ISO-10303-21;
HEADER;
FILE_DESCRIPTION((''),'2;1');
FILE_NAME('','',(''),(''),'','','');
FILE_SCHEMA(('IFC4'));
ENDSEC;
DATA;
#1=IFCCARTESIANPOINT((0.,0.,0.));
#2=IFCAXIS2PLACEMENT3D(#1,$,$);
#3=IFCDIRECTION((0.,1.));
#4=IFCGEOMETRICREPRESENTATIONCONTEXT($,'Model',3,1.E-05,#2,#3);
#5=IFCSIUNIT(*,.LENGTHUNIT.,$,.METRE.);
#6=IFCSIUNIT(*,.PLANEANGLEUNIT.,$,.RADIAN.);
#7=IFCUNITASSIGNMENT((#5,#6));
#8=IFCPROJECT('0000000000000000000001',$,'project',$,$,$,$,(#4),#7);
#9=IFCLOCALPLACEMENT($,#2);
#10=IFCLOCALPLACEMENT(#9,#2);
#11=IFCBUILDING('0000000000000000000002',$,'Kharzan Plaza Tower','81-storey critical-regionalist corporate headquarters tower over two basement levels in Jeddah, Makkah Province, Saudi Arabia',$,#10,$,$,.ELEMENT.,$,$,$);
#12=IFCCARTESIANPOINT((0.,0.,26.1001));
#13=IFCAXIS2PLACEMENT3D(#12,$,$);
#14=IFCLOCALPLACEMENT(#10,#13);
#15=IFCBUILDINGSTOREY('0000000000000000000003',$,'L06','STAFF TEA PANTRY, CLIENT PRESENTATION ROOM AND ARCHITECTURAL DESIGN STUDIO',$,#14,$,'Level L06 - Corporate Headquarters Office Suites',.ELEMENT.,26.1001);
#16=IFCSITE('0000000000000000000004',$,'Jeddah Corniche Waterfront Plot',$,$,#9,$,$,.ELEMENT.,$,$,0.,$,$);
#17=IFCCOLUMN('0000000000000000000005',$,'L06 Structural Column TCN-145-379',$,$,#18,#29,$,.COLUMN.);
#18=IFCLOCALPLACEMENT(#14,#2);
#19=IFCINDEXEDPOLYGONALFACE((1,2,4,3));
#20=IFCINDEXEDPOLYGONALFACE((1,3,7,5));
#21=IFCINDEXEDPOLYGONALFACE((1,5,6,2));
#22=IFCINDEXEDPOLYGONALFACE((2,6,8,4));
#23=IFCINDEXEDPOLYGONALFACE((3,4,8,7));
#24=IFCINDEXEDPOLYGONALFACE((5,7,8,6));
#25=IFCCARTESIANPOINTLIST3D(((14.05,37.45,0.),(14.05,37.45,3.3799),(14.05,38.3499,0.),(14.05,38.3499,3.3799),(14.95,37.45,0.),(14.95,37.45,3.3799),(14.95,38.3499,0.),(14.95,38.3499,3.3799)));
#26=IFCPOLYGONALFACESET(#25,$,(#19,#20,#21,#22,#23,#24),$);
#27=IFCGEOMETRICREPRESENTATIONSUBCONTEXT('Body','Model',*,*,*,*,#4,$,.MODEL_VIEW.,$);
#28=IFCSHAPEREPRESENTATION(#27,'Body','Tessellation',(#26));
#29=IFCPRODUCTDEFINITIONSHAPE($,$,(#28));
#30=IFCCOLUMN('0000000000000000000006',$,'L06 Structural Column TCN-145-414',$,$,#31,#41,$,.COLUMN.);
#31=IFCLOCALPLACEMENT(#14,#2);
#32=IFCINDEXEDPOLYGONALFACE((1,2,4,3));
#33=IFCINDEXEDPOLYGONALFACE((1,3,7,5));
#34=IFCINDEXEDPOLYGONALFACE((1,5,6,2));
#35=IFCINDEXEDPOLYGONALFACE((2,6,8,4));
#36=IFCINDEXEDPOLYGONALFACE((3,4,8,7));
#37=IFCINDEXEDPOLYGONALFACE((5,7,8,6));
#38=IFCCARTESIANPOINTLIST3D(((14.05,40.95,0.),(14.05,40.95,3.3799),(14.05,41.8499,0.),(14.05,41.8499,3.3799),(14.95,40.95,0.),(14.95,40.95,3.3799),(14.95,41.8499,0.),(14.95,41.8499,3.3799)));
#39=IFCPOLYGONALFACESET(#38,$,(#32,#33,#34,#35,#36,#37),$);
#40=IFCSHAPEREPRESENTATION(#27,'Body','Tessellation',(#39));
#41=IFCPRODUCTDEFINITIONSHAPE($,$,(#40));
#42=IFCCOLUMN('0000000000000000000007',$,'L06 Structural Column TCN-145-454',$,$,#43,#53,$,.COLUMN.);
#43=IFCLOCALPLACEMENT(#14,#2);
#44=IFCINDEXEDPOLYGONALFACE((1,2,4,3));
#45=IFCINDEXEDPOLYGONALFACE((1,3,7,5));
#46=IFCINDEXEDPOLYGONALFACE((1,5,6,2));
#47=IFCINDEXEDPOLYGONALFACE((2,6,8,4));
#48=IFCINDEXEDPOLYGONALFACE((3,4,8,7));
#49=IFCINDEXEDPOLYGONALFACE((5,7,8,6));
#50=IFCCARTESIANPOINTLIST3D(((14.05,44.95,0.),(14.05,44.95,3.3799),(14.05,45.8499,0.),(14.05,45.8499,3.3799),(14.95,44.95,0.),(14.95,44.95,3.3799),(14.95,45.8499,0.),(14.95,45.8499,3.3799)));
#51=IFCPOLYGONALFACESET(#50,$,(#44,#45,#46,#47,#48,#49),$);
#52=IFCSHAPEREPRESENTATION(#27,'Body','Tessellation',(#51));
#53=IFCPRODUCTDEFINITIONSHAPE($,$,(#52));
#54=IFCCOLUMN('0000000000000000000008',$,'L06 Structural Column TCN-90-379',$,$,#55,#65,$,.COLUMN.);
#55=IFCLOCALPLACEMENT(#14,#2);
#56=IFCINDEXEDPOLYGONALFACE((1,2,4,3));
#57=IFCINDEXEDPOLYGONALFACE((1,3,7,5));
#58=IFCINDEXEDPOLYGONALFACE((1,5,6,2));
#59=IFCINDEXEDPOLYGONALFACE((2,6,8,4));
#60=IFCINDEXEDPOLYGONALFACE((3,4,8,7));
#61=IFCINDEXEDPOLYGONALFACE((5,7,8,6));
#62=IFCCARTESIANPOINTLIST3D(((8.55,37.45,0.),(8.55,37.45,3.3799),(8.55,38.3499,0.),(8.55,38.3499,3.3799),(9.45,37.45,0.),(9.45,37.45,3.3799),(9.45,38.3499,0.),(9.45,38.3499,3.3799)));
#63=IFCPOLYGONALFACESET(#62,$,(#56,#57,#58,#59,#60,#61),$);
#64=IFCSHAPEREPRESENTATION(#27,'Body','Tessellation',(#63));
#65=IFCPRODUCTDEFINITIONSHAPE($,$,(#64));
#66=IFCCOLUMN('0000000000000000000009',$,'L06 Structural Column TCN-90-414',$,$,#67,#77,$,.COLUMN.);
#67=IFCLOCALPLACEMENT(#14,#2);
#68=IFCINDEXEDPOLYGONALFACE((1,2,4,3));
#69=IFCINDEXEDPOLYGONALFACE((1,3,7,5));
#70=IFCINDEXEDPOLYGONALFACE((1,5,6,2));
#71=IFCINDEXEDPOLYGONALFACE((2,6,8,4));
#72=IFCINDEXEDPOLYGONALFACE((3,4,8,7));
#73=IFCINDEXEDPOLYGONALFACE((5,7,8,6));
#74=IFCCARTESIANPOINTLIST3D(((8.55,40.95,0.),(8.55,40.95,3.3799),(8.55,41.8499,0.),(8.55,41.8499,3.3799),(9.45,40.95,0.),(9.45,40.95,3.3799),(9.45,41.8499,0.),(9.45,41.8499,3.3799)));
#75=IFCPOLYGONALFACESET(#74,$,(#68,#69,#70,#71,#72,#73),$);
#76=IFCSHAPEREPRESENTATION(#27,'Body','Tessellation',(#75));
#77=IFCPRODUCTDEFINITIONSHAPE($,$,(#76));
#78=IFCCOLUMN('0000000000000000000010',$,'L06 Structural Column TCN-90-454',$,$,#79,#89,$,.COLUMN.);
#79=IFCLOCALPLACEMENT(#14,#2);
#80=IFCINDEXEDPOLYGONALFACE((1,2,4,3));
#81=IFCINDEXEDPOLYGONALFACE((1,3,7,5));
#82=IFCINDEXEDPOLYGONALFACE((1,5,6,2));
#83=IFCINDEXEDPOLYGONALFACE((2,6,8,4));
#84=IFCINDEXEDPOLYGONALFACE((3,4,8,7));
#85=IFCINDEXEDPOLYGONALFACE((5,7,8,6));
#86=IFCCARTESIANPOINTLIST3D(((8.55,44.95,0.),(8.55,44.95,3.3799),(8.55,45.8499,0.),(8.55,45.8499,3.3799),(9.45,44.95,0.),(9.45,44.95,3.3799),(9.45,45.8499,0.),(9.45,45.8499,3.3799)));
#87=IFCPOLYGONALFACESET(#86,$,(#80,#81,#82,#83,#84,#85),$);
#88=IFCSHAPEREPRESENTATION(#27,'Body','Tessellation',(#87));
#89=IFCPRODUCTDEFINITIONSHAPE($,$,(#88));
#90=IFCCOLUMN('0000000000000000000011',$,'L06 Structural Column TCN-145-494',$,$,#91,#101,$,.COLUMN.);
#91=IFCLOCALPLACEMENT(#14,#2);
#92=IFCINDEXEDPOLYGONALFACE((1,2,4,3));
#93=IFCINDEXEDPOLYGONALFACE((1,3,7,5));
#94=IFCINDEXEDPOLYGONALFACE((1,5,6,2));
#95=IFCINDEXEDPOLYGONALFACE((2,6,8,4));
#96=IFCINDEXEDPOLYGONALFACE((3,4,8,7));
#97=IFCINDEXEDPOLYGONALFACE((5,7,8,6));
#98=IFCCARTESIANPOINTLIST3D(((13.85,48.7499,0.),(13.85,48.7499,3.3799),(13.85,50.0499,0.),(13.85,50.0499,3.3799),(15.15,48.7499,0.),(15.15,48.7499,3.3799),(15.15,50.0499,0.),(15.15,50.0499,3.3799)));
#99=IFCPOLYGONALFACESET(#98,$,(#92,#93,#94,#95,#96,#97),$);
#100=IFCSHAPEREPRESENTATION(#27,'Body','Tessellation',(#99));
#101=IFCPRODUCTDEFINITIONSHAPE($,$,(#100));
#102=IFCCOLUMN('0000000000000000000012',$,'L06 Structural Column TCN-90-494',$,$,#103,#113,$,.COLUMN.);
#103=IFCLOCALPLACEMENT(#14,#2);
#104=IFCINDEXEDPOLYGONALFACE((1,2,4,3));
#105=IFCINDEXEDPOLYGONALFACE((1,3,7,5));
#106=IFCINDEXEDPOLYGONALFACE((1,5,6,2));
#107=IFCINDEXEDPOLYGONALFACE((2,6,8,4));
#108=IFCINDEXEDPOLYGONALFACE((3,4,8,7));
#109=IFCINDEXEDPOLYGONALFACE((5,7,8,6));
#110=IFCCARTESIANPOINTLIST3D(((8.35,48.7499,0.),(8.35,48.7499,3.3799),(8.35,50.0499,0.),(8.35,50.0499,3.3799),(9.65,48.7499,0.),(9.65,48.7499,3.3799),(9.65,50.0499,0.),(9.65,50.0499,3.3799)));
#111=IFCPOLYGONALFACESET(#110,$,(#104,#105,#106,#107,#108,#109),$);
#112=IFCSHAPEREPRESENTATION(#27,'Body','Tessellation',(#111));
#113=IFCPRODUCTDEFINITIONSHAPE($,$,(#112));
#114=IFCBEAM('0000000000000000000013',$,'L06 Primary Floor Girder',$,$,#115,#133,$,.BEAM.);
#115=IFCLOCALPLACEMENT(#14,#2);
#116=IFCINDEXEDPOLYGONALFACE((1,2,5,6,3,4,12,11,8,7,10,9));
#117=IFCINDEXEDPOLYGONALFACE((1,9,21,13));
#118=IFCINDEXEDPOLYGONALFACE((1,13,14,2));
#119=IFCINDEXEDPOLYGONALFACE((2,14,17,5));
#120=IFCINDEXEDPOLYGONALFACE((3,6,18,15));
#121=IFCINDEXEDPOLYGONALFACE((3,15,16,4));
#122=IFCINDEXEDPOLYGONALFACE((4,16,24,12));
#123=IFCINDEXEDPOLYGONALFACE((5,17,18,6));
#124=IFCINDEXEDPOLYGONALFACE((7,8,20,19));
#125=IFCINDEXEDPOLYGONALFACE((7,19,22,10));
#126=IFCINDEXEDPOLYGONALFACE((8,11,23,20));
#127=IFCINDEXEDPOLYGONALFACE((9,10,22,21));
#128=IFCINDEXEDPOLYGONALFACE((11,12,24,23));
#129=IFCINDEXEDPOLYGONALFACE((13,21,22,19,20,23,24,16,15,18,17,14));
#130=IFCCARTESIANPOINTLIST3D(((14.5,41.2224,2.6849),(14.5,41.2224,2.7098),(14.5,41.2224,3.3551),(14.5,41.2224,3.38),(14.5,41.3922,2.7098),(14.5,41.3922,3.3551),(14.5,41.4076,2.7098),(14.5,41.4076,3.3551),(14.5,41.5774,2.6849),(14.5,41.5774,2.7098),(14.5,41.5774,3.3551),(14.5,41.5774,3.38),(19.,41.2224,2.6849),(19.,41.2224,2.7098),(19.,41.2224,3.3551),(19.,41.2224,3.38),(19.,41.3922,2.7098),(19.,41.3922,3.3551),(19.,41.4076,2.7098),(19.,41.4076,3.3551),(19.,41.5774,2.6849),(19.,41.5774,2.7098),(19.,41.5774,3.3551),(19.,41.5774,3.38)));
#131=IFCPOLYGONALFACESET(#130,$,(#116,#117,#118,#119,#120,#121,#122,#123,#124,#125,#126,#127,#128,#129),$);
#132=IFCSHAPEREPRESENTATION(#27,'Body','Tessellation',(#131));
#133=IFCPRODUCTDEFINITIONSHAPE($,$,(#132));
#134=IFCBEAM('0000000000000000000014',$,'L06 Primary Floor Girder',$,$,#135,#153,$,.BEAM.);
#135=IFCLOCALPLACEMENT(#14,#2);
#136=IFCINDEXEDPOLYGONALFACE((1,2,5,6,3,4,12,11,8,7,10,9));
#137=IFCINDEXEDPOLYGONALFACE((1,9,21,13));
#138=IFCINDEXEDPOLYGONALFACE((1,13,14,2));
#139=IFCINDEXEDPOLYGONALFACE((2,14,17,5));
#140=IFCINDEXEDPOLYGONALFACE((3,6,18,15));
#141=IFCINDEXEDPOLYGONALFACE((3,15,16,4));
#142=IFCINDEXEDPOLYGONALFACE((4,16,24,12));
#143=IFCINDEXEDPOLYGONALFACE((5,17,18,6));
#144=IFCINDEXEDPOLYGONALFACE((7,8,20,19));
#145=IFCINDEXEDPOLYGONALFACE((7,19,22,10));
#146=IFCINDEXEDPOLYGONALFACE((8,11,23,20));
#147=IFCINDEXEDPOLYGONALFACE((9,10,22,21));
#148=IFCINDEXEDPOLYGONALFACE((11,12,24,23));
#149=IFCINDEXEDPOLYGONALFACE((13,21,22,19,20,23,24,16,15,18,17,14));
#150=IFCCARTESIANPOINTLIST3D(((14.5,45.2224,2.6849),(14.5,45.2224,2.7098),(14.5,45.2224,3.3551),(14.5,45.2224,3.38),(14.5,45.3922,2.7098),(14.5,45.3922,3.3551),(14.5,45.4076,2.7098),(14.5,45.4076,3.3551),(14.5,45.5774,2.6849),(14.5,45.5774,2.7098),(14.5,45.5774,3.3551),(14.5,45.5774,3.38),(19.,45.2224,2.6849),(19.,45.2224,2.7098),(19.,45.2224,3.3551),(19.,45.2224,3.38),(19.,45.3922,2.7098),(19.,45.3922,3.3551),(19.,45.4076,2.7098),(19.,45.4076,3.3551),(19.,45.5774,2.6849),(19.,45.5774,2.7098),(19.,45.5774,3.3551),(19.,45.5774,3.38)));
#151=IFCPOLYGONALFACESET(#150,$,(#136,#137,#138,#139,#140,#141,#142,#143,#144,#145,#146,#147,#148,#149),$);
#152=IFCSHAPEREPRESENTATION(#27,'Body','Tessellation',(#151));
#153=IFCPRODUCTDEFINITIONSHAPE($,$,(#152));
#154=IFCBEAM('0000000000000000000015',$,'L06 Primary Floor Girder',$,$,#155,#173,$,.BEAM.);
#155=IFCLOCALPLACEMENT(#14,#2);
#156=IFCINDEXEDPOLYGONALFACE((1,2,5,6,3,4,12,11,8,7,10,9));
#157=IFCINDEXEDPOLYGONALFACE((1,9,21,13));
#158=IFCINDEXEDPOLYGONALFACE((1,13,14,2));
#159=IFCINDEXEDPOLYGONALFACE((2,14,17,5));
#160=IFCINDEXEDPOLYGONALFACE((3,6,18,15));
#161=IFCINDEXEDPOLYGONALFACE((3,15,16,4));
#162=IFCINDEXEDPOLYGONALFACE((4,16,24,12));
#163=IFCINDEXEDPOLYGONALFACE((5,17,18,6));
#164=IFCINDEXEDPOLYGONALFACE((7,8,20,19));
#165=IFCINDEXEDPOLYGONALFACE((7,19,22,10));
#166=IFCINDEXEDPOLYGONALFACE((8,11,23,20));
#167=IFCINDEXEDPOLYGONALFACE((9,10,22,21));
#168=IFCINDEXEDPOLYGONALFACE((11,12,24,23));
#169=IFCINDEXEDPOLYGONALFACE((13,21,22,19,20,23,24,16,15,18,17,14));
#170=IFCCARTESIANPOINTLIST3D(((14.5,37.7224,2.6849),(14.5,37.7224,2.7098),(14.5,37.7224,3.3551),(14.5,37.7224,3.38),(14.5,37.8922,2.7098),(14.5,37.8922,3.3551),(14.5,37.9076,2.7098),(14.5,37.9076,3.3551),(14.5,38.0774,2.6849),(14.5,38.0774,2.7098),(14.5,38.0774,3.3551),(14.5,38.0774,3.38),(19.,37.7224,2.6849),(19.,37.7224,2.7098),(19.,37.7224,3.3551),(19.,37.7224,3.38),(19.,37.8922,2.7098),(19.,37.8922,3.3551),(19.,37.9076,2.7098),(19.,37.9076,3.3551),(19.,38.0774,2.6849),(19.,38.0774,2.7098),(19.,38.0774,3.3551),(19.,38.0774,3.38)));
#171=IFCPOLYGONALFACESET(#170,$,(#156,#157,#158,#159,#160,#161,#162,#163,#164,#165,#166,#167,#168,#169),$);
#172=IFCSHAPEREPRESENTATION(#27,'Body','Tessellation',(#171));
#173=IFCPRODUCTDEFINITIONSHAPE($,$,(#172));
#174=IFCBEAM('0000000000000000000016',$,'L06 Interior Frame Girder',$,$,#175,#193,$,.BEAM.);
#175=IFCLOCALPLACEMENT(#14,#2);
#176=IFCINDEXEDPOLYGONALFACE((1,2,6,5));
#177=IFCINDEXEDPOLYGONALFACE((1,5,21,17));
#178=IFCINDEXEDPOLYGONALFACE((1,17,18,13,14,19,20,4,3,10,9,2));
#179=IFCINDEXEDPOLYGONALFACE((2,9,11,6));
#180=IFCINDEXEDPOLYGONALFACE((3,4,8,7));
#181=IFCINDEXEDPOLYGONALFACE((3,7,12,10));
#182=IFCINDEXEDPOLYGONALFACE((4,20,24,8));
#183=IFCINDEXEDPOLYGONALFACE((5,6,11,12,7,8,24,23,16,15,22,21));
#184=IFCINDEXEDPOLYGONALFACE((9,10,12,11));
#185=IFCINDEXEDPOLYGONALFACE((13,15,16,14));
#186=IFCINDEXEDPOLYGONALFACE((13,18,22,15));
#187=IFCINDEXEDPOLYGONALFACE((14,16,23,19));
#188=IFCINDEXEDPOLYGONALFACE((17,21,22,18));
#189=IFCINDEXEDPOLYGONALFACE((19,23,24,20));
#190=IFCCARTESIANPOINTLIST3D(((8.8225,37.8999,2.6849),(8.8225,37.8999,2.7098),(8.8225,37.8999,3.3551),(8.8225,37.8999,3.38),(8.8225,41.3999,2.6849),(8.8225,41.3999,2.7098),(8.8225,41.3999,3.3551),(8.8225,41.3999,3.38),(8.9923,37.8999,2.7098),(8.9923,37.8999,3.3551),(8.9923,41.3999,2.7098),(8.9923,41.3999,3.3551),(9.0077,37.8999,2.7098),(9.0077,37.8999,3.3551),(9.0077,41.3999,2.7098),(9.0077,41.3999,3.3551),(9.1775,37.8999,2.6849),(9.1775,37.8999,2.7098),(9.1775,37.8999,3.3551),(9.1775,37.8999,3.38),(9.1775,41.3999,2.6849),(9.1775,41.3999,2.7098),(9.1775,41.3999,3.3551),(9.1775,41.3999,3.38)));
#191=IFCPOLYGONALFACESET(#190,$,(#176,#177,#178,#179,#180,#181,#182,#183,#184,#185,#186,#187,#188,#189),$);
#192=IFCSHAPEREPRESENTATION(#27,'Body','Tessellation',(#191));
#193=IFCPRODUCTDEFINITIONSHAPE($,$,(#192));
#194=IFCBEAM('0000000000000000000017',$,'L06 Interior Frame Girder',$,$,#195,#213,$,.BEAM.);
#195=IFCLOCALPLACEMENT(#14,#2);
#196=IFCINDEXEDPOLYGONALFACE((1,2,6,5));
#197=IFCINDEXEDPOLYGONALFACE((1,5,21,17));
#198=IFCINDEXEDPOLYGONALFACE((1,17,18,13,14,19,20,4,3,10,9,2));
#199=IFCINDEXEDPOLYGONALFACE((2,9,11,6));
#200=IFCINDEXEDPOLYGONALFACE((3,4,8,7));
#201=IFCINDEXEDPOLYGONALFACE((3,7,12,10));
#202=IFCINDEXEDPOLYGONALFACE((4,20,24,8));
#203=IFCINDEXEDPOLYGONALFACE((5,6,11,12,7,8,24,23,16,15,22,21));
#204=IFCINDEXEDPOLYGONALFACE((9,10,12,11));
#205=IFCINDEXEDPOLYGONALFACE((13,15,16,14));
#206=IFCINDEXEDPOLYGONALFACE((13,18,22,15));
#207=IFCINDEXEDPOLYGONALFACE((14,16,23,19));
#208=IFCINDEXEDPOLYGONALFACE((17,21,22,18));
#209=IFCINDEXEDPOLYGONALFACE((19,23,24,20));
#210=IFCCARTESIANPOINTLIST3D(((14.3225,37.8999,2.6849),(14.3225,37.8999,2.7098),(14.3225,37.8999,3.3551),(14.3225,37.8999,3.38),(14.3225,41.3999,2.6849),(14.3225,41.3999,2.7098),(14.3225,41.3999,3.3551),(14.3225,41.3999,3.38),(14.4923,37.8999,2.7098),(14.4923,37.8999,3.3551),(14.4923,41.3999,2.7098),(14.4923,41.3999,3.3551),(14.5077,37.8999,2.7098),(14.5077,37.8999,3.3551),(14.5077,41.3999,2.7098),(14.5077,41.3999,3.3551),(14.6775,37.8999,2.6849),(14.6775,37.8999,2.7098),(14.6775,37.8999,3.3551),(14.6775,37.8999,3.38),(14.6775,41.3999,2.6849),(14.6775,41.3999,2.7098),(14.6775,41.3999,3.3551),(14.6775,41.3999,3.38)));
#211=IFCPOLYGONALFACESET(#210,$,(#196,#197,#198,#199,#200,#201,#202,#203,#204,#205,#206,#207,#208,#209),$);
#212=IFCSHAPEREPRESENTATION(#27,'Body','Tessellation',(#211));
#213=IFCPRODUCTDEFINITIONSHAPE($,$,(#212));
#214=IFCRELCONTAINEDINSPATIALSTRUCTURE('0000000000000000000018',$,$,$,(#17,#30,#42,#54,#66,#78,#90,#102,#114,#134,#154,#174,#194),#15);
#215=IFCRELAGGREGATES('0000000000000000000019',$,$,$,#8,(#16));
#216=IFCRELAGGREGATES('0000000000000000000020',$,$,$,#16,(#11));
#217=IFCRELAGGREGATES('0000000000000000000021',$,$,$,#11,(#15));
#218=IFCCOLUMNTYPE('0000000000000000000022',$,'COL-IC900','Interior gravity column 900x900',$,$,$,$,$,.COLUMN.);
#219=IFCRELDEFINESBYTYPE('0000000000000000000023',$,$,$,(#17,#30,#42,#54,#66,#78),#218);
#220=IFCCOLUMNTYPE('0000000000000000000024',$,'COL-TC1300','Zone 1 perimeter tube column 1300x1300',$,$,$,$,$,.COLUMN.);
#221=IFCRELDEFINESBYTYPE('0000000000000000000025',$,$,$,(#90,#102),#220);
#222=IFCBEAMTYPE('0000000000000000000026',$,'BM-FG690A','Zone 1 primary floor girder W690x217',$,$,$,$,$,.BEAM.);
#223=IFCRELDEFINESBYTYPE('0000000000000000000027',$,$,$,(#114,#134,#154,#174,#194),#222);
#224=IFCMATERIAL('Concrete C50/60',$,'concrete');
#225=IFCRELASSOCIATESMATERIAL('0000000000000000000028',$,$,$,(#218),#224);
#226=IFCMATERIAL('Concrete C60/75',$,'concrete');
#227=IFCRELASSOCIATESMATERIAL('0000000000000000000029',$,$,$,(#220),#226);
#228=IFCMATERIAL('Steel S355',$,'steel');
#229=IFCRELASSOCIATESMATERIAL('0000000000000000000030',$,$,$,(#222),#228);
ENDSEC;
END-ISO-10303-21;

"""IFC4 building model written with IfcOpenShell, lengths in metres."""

from ifc_helpers import new_model, si_unit, direction, frame, origin, origin_2d, place, context, subcontext, project, spatial, rectangle, i_section, extrude, source, transform, mapped, material, material_profile, profile_set, type_object, element, save


model = new_model("IFC4")

# Units and contexts
model_context = context("Model", 3, precision=1e-05, world=origin(), true_north=direction((0.0, 1.0)))
body_context = subcontext(model_context, "Body", "Model", "MODEL_VIEW")
ifc_project = project(units=[si_unit("LENGTHUNIT", "METRE"), si_unit("PLANEANGLEUNIT", "RADIAN")], contexts=[model_context])

# Site, building, storey
site_placement = place(None, origin())
site = spatial("IfcSite", under=ifc_project, at=site_placement, Name="Jeddah Corniche Waterfront Plot", CompositionType="ELEMENT", RefElevation=0.0)
building_placement = place(site_placement, origin())
building = spatial("IfcBuilding", under=site, at=building_placement, Name="Kharzan Plaza Tower", Description="81-storey critical-regionalist corporate headquarters tower over two basement levels in Jeddah, Makkah Province, Saudi Arabia", CompositionType="ELEMENT")
storey_placement = place(building_placement, frame((0.0, 0.0, 26.1001)))
storey = spatial("IfcBuildingStorey", under=building, at=storey_placement, Name="L06", Description="STAFF TEA PANTRY, CLIENT PRESENTATION ROOM AND ARCHITECTURAL DESIGN STUDIO", LongName="Level L06 - Corporate Headquarters Office Suites", CompositionType="ELEMENT", Elevation=26.1001)

# Columns
ifc_material_1 = material(Name="Concrete C50/60", Category="concrete")
ifc_material_profile_1 = material_profile(ifc_material_1, rectangle(XDim=0.8999, YDim=0.8999, at=origin_2d()), Name="RC-IC900x900")
ifc_profile_set_1 = profile_set([ifc_material_profile_1], Name="Concrete C50/60")
column_type_1 = type_object("IfcColumnType", Name="COL-IC900", Description="Interior gravity column 900x900", PredefinedType="COLUMN", material=ifc_profile_set_1)
shared_shape_1 = source(origin(), body_context, "Body", "SweptSolid", [
    extrude(rectangle(XDim=0.8999, YDim=0.8999, at=origin_2d()), origin(), (0.0, 0.0, 1.0), 3.3799),
])
for number, where, z_axis, x_axis, name in (
    (1, (14.5, 37.8999, 0.0), (0.0, 0.0, 1.0), (1.0, 0.0, 0.0), "L06 Structural Column TCN-145-379"),
    (2, (14.5, 41.3999, 0.0), (0.0, 0.0, 1.0), (1.0, 0.0, 0.0), "L06 Structural Column TCN-145-414"),
    (3, (14.5, 45.3999, 0.0), (0.0, 0.0, 1.0), (1.0, 0.0, 0.0), "L06 Structural Column TCN-145-454"),
    (4, (9.0, 37.8999, 0.0), (0.0, 0.0, 1.0), (1.0, 0.0, 0.0), "L06 Structural Column TCN-90-379"),
    (5, (9.0, 41.3999, 0.0), (0.0, 0.0, 1.0), (1.0, 0.0, 0.0), "L06 Structural Column TCN-90-414"),
    (6, (9.0, 45.3999, 0.0), (0.0, 0.0, 1.0), (1.0, 0.0, 0.0), "L06 Structural Column TCN-90-454"),
):
    element("IfcColumn", number, at=place(storey_placement, frame(where, z_axis=z_axis, x_axis=x_axis)), inside=storey, type_object=column_type_1, Name=name, PredefinedType="COLUMN", context=body_context, shape_type="MappedRepresentation", body=[
        mapped(shared_shape_1, transform((0.0, 0.0, 0.0), x_axis=(1.0, 0.0, 0.0), y_axis=(0.0, 1.0, 0.0), z_axis=(0.0, 0.0, 1.0))),
    ])
ifc_material_2 = material(Name="Concrete C60/75", Category="concrete")
ifc_material_profile_2 = material_profile(ifc_material_2, rectangle(XDim=1.3, YDim=1.3, at=origin_2d()), Name="RC-TC1300x1300")
ifc_profile_set_2 = profile_set([ifc_material_profile_2], Name="Concrete C60/75")
column_type_2 = type_object("IfcColumnType", Name="COL-TC1300", Description="Zone 1 perimeter tube column 1300x1300", PredefinedType="COLUMN", material=ifc_profile_set_2)
shared_shape_2 = source(origin(), body_context, "Body", "SweptSolid", [
    extrude(rectangle(XDim=1.3, YDim=1.3, at=origin_2d()), origin(), (0.0, 0.0, 1.0), 3.3799),
])
for number, where, z_axis, x_axis, name in (
    (7, (14.5, 49.3999, 0.0), (0.0, 0.0, 1.0), (1.0, 0.0, 0.0), "L06 Structural Column TCN-145-494"),
    (8, (9.0, 49.3999, 0.0), (0.0, 0.0, 1.0), (1.0, 0.0, 0.0), "L06 Structural Column TCN-90-494"),
):
    element("IfcColumn", number, at=place(storey_placement, frame(where, z_axis=z_axis, x_axis=x_axis)), inside=storey, type_object=column_type_2, Name=name, PredefinedType="COLUMN", context=body_context, shape_type="MappedRepresentation", body=[
        mapped(shared_shape_2, transform((0.0, 0.0, 0.0), x_axis=(1.0, 0.0, 0.0), y_axis=(0.0, 1.0, 0.0), z_axis=(0.0, 0.0, 1.0))),
    ])

# Beams
ifc_material_3 = material(Name="Steel S355", Category="steel")
ifc_material_profile_3 = material_profile(ifc_material_3, i_section(OverallWidth=0.355, OverallDepth=0.6951, WebThickness=0.0154, FlangeThickness=0.0249, at=origin_2d()), Name="W690x217")
ifc_profile_set_3 = profile_set([ifc_material_profile_3], Name="Steel S355")
beam_type_1 = type_object("IfcBeamType", Name="BM-FG690A", Description="Zone 1 primary floor girder W690x217", PredefinedType="BEAM", material=ifc_profile_set_3)
shared_shape_3 = source(origin(), body_context, "Body", "SweptSolid", [
    extrude(i_section(OverallWidth=0.355, OverallDepth=0.6951, WebThickness=0.0154, FlangeThickness=0.0249, at=origin_2d()), origin(), (0.0, 0.0, 1.0), 4.5),
])
for number, where, z_axis, x_axis, name in (
    (9, (14.5, 41.3999, 3.0325), (1.0, 0.0, 0.0), (0.0, 1.0, 0.0), "L06 Primary Floor Girder"),
    (10, (14.5, 45.3999, 3.0325), (1.0, 0.0, 0.0), (0.0, 1.0, 0.0), "L06 Primary Floor Girder"),
    (11, (14.5, 37.8999, 3.0325), (1.0, 0.0, 0.0), (0.0, 1.0, 0.0), "L06 Primary Floor Girder"),
):
    element("IfcBeam", number, at=place(storey_placement, frame(where, z_axis=z_axis, x_axis=x_axis)), inside=storey, type_object=beam_type_1, Name=name, PredefinedType="BEAM", context=body_context, shape_type="MappedRepresentation", body=[
        mapped(shared_shape_3, transform((0.0, 0.0, 0.0), x_axis=(1.0, 0.0, 0.0), y_axis=(0.0, 1.0, 0.0), z_axis=(0.0, 0.0, 1.0))),
    ])
shared_shape_4 = source(origin(), body_context, "Body", "SweptSolid", [
    extrude(i_section(OverallWidth=0.355, OverallDepth=0.6951, WebThickness=0.0154, FlangeThickness=0.0249, at=origin_2d()), origin(), (0.0, 0.0, 1.0), 3.5),
])
for number, where, z_axis, x_axis, name in (
    (12, (9.0, 37.8999, 3.0325), (0.0, 1.0, 0.0), (-1.0, 0.0, 0.0), "L06 Interior Frame Girder"),
    (13, (14.5, 37.8999, 3.0325), (0.0, 1.0, 0.0), (-1.0, 0.0, 0.0), "L06 Interior Frame Girder"),
):
    element("IfcBeam", number, at=place(storey_placement, frame(where, z_axis=z_axis, x_axis=x_axis)), inside=storey, type_object=beam_type_1, Name=name, PredefinedType="BEAM", context=body_context, shape_type="MappedRepresentation", body=[
        mapped(shared_shape_4, transform((0.0, 0.0, 0.0), x_axis=(1.0, 0.0, 0.0), y_axis=(0.0, 1.0, 0.0), z_axis=(0.0, 0.0, 1.0))),
    ])

save(model, "model.ifc")
